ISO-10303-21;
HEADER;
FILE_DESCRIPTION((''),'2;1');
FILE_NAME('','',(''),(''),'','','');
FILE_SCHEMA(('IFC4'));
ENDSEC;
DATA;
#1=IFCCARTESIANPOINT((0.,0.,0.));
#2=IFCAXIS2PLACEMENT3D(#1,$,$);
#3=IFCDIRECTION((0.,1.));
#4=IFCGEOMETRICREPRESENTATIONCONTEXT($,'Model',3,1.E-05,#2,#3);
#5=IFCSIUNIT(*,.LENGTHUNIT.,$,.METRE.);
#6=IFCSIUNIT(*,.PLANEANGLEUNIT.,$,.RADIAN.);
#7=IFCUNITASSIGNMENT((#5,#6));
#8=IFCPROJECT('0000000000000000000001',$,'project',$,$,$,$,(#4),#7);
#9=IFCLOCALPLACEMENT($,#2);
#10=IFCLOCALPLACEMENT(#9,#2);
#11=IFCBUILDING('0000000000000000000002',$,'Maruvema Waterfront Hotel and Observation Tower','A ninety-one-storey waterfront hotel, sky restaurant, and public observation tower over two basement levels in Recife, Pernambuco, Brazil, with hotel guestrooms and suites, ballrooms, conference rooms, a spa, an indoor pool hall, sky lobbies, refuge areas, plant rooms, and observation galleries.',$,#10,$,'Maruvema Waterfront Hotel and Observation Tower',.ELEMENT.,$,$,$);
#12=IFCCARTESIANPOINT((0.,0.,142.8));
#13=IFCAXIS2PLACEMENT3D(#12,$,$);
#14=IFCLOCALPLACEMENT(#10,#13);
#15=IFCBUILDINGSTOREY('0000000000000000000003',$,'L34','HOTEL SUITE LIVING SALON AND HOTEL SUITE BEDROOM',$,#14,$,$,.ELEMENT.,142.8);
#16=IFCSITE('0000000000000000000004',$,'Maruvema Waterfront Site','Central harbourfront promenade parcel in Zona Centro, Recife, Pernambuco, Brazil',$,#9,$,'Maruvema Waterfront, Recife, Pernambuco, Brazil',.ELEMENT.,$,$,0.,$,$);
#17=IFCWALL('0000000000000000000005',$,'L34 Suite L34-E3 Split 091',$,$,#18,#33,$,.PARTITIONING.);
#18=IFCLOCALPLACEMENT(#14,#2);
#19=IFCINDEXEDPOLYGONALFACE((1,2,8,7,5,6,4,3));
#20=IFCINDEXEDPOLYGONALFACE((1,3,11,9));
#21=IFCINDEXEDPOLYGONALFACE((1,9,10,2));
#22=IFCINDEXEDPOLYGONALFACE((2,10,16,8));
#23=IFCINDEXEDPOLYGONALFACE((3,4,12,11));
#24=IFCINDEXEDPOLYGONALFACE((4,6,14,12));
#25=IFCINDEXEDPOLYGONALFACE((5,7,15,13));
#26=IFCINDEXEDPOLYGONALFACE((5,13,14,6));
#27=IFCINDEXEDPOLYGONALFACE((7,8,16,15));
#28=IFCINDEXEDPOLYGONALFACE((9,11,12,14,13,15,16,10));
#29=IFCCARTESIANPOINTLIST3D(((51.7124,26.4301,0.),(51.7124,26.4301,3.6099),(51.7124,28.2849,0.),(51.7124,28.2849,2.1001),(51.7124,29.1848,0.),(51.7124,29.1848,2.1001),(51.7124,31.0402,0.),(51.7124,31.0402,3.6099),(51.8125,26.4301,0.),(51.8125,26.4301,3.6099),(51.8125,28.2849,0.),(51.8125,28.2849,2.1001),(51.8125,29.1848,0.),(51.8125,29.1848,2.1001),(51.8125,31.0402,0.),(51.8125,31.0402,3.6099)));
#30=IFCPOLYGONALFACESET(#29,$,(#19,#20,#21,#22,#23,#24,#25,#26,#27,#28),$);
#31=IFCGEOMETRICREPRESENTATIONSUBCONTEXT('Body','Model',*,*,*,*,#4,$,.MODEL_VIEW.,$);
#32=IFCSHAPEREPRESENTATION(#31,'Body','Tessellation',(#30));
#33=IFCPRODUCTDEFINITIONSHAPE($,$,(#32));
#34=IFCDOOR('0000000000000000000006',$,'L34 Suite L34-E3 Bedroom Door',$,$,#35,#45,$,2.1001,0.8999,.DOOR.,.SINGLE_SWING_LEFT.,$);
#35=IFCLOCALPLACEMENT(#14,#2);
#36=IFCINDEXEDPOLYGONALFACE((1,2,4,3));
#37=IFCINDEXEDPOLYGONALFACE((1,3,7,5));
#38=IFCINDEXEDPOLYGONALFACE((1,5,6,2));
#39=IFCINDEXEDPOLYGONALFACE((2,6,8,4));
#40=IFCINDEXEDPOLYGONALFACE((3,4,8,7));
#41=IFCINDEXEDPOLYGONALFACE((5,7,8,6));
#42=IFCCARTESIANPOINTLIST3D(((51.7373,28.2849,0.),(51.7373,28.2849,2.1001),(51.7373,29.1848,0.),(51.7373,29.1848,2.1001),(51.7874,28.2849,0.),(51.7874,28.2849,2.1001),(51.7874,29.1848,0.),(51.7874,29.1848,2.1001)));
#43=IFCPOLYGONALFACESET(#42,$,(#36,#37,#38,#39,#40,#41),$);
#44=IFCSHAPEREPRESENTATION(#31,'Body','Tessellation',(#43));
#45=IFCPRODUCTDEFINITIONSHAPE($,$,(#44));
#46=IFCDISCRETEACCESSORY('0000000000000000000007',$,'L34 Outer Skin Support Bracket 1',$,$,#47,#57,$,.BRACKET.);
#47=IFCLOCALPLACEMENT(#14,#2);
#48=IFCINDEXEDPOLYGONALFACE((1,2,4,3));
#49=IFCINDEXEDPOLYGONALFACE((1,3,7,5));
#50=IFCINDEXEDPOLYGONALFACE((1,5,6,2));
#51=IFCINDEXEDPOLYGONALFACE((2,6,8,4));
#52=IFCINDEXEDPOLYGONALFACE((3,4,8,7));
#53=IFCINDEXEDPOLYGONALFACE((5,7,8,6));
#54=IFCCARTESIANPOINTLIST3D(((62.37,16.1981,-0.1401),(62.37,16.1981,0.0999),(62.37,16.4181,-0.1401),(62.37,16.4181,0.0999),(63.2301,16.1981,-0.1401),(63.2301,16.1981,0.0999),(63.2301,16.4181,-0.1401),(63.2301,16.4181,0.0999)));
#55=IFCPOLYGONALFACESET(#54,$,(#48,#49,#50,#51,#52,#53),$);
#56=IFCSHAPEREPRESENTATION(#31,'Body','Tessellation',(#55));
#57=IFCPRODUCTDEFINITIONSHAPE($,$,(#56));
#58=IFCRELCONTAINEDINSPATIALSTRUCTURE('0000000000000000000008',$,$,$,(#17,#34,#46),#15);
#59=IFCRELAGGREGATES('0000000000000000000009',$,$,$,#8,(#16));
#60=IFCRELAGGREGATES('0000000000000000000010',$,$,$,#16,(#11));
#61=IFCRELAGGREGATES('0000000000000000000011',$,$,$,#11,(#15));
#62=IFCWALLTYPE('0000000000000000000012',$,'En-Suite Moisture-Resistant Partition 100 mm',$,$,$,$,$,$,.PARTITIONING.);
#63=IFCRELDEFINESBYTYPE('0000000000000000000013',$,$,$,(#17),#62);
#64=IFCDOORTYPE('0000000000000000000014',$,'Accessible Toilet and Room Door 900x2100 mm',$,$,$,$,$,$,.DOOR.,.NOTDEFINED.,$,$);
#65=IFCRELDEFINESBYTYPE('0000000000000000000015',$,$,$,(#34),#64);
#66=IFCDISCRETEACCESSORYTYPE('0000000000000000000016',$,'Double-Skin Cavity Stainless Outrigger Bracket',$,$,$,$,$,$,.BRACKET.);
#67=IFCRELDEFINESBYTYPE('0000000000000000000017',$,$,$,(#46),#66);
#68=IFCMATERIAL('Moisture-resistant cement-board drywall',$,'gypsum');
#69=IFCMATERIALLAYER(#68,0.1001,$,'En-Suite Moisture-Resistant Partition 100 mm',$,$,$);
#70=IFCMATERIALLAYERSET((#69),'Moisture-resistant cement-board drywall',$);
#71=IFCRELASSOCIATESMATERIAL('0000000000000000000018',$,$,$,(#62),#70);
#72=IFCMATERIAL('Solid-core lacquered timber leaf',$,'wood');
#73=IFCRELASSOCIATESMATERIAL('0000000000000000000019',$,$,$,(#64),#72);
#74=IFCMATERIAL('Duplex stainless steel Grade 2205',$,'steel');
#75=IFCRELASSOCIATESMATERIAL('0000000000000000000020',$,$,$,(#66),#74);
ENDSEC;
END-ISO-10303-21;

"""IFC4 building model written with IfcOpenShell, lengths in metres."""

from ifc_helpers import new_model, si_unit, direction, frame, frame_2d, origin, origin_2d, place, context, subcontext, project, spatial, rectangle, extrude, material, layer, layer_set, type_object, element, fill, save


model = new_model("IFC4")

# Units and contexts
model_context = context("Model", 3, precision=1e-05, world=origin(), true_north=direction((0.0, 1.0)))
body_context = subcontext(model_context, "Body", "Model", "MODEL_VIEW")
ifc_project = project(units=[si_unit("LENGTHUNIT", "METRE"), si_unit("PLANEANGLEUNIT", "RADIAN")], contexts=[model_context])

# Site, building, storey
site_placement = place(None, origin())
site = spatial("IfcSite", under=ifc_project, at=site_placement, Name="Maruvema Waterfront Site", Description="Central harbourfront promenade parcel in Zona Centro, Recife, Pernambuco, Brazil", LongName="Maruvema Waterfront, Recife, Pernambuco, Brazil", CompositionType="ELEMENT", RefElevation=0.0)
building_placement = place(site_placement, origin())
building = spatial("IfcBuilding", under=site, at=building_placement, Name="Maruvema Waterfront Hotel and Observation Tower", Description="A ninety-one-storey waterfront hotel, sky restaurant, and public observation tower over two basement levels in Recife, Pernambuco, Brazil, with hotel guestrooms and suites, ballrooms, conference rooms, a spa, an indoor pool hall, sky lobbies, refuge areas, plant rooms, and observation galleries.", LongName="Maruvema Waterfront Hotel and Observation Tower", CompositionType="ELEMENT")
storey_placement = place(building_placement, frame((0.0, 0.0, 142.8)))
storey = spatial("IfcBuildingStorey", under=building, at=storey_placement, Name="L34", Description="HOTEL SUITE LIVING SALON AND HOTEL SUITE BEDROOM", CompositionType="ELEMENT", Elevation=142.8)

# Wall, opening, door
ifc_material_1 = material(Name="Moisture-resistant cement-board drywall", Category="gypsum")
ifc_layer_1 = layer(ifc_material_1, 0.1001, Name="En-Suite Moisture-Resistant Partition 100 mm")
ifc_layer_set_1 = layer_set([ifc_layer_1], Name="Moisture-resistant cement-board drywall")
wall_type_1 = type_object("IfcWallType", Name="En-Suite Moisture-Resistant Partition 100 mm", PredefinedType="PARTITIONING", material=ifc_layer_set_1)
ifc_material_2 = material(Name="Solid-core lacquered timber leaf", Category="wood")
door_type = type_object("IfcDoorType", Name="Accessible Toilet and Room Door 900x2100 mm", OperationType="NOTDEFINED", PredefinedType="DOOR", material=ifc_material_2)
wall_1_placement = place(storey_placement, frame((51.7625, 26.4299, 0.0), z_axis=(0.0, 0.0, 1.0), x_axis=(0.0, 1.0, 0.0)))
wall_1 = element("IfcWall", 1, at=wall_1_placement, inside=storey, type_object=wall_type_1, Name="L34 Suite L34-E3 Split 091", PredefinedType="PARTITIONING", context=body_context, shape_type="SweptSolid", body=[
    extrude(rectangle(XDim=4.6101, YDim=0.1001, at=frame_2d((2.3052, 0.0))), origin(), (0.0, 0.0, 1.0), 3.6099),
])
opening_1_placement = place(wall_1_placement, frame((1.855, 0.0, 0.0)))
opening_1 = element("IfcOpeningElement", 2, at=opening_1_placement, cuts=wall_1, PredefinedType="OPENING", context=body_context, shape_type="SweptSolid", body=[
    extrude(rectangle(XDim=0.8999, YDim=2.1001, at=frame_2d((0.45, 1.05))), frame((0.0, 0.0601, 0.0), z_axis=(0.0, -1.0, 0.0), x_axis=(1.0, 0.0, 0.0)), (0.0, 0.0, 1.0), 0.1201),
])
door_1_placement = place(opening_1_placement, frame((0.8999, 0.0, 0.0), z_axis=(0.0, 0.0, 1.0), x_axis=(-1.0, 0.0, 0.0)))
door_1 = element("IfcDoor", 3, at=door_1_placement, inside=storey, type_object=door_type, Name="L34 Suite L34-E3 Bedroom Door", OperationType="SINGLE_SWING_LEFT", OverallHeight=2.1001, OverallWidth=0.8999, PredefinedType="DOOR", context=body_context, shape_type="SweptSolid", body=[
    extrude(rectangle(XDim=0.8999, YDim=2.1001, at=frame_2d((0.45, 1.05))), frame((0.0, 0.0249, 0.0), z_axis=(0.0, -1.0, 0.0), x_axis=(1.0, 0.0, 0.0)), (0.0, 0.0, 1.0), 0.05),
])
fill(opening_1, door_1)

# Discrete accessory
ifc_material_3 = material(Name="Duplex stainless steel Grade 2205", Category="steel")
discrete_accessory_type = type_object("IfcDiscreteAccessoryType", Name="Double-Skin Cavity Stainless Outrigger Bracket", PredefinedType="BRACKET", material=ifc_material_3)
discrete_accessory_placement = place(storey_placement, frame((62.8, 16.3081, -0.1401), z_axis=(0.0, 0.0, 1.0), x_axis=(0.0, 1.0, 0.0)))
element("IfcDiscreteAccessory", 4, at=discrete_accessory_placement, inside=storey, type_object=discrete_accessory_type, Name="L34 Outer Skin Support Bracket 1", PredefinedType="BRACKET", context=body_context, shape_type="SweptSolid", body=[
    extrude(rectangle(XDim=0.22, YDim=0.8601, at=origin_2d()), origin(), (0.0, 0.0, 1.0), 0.24),
])

save(model, "model.ifc")
